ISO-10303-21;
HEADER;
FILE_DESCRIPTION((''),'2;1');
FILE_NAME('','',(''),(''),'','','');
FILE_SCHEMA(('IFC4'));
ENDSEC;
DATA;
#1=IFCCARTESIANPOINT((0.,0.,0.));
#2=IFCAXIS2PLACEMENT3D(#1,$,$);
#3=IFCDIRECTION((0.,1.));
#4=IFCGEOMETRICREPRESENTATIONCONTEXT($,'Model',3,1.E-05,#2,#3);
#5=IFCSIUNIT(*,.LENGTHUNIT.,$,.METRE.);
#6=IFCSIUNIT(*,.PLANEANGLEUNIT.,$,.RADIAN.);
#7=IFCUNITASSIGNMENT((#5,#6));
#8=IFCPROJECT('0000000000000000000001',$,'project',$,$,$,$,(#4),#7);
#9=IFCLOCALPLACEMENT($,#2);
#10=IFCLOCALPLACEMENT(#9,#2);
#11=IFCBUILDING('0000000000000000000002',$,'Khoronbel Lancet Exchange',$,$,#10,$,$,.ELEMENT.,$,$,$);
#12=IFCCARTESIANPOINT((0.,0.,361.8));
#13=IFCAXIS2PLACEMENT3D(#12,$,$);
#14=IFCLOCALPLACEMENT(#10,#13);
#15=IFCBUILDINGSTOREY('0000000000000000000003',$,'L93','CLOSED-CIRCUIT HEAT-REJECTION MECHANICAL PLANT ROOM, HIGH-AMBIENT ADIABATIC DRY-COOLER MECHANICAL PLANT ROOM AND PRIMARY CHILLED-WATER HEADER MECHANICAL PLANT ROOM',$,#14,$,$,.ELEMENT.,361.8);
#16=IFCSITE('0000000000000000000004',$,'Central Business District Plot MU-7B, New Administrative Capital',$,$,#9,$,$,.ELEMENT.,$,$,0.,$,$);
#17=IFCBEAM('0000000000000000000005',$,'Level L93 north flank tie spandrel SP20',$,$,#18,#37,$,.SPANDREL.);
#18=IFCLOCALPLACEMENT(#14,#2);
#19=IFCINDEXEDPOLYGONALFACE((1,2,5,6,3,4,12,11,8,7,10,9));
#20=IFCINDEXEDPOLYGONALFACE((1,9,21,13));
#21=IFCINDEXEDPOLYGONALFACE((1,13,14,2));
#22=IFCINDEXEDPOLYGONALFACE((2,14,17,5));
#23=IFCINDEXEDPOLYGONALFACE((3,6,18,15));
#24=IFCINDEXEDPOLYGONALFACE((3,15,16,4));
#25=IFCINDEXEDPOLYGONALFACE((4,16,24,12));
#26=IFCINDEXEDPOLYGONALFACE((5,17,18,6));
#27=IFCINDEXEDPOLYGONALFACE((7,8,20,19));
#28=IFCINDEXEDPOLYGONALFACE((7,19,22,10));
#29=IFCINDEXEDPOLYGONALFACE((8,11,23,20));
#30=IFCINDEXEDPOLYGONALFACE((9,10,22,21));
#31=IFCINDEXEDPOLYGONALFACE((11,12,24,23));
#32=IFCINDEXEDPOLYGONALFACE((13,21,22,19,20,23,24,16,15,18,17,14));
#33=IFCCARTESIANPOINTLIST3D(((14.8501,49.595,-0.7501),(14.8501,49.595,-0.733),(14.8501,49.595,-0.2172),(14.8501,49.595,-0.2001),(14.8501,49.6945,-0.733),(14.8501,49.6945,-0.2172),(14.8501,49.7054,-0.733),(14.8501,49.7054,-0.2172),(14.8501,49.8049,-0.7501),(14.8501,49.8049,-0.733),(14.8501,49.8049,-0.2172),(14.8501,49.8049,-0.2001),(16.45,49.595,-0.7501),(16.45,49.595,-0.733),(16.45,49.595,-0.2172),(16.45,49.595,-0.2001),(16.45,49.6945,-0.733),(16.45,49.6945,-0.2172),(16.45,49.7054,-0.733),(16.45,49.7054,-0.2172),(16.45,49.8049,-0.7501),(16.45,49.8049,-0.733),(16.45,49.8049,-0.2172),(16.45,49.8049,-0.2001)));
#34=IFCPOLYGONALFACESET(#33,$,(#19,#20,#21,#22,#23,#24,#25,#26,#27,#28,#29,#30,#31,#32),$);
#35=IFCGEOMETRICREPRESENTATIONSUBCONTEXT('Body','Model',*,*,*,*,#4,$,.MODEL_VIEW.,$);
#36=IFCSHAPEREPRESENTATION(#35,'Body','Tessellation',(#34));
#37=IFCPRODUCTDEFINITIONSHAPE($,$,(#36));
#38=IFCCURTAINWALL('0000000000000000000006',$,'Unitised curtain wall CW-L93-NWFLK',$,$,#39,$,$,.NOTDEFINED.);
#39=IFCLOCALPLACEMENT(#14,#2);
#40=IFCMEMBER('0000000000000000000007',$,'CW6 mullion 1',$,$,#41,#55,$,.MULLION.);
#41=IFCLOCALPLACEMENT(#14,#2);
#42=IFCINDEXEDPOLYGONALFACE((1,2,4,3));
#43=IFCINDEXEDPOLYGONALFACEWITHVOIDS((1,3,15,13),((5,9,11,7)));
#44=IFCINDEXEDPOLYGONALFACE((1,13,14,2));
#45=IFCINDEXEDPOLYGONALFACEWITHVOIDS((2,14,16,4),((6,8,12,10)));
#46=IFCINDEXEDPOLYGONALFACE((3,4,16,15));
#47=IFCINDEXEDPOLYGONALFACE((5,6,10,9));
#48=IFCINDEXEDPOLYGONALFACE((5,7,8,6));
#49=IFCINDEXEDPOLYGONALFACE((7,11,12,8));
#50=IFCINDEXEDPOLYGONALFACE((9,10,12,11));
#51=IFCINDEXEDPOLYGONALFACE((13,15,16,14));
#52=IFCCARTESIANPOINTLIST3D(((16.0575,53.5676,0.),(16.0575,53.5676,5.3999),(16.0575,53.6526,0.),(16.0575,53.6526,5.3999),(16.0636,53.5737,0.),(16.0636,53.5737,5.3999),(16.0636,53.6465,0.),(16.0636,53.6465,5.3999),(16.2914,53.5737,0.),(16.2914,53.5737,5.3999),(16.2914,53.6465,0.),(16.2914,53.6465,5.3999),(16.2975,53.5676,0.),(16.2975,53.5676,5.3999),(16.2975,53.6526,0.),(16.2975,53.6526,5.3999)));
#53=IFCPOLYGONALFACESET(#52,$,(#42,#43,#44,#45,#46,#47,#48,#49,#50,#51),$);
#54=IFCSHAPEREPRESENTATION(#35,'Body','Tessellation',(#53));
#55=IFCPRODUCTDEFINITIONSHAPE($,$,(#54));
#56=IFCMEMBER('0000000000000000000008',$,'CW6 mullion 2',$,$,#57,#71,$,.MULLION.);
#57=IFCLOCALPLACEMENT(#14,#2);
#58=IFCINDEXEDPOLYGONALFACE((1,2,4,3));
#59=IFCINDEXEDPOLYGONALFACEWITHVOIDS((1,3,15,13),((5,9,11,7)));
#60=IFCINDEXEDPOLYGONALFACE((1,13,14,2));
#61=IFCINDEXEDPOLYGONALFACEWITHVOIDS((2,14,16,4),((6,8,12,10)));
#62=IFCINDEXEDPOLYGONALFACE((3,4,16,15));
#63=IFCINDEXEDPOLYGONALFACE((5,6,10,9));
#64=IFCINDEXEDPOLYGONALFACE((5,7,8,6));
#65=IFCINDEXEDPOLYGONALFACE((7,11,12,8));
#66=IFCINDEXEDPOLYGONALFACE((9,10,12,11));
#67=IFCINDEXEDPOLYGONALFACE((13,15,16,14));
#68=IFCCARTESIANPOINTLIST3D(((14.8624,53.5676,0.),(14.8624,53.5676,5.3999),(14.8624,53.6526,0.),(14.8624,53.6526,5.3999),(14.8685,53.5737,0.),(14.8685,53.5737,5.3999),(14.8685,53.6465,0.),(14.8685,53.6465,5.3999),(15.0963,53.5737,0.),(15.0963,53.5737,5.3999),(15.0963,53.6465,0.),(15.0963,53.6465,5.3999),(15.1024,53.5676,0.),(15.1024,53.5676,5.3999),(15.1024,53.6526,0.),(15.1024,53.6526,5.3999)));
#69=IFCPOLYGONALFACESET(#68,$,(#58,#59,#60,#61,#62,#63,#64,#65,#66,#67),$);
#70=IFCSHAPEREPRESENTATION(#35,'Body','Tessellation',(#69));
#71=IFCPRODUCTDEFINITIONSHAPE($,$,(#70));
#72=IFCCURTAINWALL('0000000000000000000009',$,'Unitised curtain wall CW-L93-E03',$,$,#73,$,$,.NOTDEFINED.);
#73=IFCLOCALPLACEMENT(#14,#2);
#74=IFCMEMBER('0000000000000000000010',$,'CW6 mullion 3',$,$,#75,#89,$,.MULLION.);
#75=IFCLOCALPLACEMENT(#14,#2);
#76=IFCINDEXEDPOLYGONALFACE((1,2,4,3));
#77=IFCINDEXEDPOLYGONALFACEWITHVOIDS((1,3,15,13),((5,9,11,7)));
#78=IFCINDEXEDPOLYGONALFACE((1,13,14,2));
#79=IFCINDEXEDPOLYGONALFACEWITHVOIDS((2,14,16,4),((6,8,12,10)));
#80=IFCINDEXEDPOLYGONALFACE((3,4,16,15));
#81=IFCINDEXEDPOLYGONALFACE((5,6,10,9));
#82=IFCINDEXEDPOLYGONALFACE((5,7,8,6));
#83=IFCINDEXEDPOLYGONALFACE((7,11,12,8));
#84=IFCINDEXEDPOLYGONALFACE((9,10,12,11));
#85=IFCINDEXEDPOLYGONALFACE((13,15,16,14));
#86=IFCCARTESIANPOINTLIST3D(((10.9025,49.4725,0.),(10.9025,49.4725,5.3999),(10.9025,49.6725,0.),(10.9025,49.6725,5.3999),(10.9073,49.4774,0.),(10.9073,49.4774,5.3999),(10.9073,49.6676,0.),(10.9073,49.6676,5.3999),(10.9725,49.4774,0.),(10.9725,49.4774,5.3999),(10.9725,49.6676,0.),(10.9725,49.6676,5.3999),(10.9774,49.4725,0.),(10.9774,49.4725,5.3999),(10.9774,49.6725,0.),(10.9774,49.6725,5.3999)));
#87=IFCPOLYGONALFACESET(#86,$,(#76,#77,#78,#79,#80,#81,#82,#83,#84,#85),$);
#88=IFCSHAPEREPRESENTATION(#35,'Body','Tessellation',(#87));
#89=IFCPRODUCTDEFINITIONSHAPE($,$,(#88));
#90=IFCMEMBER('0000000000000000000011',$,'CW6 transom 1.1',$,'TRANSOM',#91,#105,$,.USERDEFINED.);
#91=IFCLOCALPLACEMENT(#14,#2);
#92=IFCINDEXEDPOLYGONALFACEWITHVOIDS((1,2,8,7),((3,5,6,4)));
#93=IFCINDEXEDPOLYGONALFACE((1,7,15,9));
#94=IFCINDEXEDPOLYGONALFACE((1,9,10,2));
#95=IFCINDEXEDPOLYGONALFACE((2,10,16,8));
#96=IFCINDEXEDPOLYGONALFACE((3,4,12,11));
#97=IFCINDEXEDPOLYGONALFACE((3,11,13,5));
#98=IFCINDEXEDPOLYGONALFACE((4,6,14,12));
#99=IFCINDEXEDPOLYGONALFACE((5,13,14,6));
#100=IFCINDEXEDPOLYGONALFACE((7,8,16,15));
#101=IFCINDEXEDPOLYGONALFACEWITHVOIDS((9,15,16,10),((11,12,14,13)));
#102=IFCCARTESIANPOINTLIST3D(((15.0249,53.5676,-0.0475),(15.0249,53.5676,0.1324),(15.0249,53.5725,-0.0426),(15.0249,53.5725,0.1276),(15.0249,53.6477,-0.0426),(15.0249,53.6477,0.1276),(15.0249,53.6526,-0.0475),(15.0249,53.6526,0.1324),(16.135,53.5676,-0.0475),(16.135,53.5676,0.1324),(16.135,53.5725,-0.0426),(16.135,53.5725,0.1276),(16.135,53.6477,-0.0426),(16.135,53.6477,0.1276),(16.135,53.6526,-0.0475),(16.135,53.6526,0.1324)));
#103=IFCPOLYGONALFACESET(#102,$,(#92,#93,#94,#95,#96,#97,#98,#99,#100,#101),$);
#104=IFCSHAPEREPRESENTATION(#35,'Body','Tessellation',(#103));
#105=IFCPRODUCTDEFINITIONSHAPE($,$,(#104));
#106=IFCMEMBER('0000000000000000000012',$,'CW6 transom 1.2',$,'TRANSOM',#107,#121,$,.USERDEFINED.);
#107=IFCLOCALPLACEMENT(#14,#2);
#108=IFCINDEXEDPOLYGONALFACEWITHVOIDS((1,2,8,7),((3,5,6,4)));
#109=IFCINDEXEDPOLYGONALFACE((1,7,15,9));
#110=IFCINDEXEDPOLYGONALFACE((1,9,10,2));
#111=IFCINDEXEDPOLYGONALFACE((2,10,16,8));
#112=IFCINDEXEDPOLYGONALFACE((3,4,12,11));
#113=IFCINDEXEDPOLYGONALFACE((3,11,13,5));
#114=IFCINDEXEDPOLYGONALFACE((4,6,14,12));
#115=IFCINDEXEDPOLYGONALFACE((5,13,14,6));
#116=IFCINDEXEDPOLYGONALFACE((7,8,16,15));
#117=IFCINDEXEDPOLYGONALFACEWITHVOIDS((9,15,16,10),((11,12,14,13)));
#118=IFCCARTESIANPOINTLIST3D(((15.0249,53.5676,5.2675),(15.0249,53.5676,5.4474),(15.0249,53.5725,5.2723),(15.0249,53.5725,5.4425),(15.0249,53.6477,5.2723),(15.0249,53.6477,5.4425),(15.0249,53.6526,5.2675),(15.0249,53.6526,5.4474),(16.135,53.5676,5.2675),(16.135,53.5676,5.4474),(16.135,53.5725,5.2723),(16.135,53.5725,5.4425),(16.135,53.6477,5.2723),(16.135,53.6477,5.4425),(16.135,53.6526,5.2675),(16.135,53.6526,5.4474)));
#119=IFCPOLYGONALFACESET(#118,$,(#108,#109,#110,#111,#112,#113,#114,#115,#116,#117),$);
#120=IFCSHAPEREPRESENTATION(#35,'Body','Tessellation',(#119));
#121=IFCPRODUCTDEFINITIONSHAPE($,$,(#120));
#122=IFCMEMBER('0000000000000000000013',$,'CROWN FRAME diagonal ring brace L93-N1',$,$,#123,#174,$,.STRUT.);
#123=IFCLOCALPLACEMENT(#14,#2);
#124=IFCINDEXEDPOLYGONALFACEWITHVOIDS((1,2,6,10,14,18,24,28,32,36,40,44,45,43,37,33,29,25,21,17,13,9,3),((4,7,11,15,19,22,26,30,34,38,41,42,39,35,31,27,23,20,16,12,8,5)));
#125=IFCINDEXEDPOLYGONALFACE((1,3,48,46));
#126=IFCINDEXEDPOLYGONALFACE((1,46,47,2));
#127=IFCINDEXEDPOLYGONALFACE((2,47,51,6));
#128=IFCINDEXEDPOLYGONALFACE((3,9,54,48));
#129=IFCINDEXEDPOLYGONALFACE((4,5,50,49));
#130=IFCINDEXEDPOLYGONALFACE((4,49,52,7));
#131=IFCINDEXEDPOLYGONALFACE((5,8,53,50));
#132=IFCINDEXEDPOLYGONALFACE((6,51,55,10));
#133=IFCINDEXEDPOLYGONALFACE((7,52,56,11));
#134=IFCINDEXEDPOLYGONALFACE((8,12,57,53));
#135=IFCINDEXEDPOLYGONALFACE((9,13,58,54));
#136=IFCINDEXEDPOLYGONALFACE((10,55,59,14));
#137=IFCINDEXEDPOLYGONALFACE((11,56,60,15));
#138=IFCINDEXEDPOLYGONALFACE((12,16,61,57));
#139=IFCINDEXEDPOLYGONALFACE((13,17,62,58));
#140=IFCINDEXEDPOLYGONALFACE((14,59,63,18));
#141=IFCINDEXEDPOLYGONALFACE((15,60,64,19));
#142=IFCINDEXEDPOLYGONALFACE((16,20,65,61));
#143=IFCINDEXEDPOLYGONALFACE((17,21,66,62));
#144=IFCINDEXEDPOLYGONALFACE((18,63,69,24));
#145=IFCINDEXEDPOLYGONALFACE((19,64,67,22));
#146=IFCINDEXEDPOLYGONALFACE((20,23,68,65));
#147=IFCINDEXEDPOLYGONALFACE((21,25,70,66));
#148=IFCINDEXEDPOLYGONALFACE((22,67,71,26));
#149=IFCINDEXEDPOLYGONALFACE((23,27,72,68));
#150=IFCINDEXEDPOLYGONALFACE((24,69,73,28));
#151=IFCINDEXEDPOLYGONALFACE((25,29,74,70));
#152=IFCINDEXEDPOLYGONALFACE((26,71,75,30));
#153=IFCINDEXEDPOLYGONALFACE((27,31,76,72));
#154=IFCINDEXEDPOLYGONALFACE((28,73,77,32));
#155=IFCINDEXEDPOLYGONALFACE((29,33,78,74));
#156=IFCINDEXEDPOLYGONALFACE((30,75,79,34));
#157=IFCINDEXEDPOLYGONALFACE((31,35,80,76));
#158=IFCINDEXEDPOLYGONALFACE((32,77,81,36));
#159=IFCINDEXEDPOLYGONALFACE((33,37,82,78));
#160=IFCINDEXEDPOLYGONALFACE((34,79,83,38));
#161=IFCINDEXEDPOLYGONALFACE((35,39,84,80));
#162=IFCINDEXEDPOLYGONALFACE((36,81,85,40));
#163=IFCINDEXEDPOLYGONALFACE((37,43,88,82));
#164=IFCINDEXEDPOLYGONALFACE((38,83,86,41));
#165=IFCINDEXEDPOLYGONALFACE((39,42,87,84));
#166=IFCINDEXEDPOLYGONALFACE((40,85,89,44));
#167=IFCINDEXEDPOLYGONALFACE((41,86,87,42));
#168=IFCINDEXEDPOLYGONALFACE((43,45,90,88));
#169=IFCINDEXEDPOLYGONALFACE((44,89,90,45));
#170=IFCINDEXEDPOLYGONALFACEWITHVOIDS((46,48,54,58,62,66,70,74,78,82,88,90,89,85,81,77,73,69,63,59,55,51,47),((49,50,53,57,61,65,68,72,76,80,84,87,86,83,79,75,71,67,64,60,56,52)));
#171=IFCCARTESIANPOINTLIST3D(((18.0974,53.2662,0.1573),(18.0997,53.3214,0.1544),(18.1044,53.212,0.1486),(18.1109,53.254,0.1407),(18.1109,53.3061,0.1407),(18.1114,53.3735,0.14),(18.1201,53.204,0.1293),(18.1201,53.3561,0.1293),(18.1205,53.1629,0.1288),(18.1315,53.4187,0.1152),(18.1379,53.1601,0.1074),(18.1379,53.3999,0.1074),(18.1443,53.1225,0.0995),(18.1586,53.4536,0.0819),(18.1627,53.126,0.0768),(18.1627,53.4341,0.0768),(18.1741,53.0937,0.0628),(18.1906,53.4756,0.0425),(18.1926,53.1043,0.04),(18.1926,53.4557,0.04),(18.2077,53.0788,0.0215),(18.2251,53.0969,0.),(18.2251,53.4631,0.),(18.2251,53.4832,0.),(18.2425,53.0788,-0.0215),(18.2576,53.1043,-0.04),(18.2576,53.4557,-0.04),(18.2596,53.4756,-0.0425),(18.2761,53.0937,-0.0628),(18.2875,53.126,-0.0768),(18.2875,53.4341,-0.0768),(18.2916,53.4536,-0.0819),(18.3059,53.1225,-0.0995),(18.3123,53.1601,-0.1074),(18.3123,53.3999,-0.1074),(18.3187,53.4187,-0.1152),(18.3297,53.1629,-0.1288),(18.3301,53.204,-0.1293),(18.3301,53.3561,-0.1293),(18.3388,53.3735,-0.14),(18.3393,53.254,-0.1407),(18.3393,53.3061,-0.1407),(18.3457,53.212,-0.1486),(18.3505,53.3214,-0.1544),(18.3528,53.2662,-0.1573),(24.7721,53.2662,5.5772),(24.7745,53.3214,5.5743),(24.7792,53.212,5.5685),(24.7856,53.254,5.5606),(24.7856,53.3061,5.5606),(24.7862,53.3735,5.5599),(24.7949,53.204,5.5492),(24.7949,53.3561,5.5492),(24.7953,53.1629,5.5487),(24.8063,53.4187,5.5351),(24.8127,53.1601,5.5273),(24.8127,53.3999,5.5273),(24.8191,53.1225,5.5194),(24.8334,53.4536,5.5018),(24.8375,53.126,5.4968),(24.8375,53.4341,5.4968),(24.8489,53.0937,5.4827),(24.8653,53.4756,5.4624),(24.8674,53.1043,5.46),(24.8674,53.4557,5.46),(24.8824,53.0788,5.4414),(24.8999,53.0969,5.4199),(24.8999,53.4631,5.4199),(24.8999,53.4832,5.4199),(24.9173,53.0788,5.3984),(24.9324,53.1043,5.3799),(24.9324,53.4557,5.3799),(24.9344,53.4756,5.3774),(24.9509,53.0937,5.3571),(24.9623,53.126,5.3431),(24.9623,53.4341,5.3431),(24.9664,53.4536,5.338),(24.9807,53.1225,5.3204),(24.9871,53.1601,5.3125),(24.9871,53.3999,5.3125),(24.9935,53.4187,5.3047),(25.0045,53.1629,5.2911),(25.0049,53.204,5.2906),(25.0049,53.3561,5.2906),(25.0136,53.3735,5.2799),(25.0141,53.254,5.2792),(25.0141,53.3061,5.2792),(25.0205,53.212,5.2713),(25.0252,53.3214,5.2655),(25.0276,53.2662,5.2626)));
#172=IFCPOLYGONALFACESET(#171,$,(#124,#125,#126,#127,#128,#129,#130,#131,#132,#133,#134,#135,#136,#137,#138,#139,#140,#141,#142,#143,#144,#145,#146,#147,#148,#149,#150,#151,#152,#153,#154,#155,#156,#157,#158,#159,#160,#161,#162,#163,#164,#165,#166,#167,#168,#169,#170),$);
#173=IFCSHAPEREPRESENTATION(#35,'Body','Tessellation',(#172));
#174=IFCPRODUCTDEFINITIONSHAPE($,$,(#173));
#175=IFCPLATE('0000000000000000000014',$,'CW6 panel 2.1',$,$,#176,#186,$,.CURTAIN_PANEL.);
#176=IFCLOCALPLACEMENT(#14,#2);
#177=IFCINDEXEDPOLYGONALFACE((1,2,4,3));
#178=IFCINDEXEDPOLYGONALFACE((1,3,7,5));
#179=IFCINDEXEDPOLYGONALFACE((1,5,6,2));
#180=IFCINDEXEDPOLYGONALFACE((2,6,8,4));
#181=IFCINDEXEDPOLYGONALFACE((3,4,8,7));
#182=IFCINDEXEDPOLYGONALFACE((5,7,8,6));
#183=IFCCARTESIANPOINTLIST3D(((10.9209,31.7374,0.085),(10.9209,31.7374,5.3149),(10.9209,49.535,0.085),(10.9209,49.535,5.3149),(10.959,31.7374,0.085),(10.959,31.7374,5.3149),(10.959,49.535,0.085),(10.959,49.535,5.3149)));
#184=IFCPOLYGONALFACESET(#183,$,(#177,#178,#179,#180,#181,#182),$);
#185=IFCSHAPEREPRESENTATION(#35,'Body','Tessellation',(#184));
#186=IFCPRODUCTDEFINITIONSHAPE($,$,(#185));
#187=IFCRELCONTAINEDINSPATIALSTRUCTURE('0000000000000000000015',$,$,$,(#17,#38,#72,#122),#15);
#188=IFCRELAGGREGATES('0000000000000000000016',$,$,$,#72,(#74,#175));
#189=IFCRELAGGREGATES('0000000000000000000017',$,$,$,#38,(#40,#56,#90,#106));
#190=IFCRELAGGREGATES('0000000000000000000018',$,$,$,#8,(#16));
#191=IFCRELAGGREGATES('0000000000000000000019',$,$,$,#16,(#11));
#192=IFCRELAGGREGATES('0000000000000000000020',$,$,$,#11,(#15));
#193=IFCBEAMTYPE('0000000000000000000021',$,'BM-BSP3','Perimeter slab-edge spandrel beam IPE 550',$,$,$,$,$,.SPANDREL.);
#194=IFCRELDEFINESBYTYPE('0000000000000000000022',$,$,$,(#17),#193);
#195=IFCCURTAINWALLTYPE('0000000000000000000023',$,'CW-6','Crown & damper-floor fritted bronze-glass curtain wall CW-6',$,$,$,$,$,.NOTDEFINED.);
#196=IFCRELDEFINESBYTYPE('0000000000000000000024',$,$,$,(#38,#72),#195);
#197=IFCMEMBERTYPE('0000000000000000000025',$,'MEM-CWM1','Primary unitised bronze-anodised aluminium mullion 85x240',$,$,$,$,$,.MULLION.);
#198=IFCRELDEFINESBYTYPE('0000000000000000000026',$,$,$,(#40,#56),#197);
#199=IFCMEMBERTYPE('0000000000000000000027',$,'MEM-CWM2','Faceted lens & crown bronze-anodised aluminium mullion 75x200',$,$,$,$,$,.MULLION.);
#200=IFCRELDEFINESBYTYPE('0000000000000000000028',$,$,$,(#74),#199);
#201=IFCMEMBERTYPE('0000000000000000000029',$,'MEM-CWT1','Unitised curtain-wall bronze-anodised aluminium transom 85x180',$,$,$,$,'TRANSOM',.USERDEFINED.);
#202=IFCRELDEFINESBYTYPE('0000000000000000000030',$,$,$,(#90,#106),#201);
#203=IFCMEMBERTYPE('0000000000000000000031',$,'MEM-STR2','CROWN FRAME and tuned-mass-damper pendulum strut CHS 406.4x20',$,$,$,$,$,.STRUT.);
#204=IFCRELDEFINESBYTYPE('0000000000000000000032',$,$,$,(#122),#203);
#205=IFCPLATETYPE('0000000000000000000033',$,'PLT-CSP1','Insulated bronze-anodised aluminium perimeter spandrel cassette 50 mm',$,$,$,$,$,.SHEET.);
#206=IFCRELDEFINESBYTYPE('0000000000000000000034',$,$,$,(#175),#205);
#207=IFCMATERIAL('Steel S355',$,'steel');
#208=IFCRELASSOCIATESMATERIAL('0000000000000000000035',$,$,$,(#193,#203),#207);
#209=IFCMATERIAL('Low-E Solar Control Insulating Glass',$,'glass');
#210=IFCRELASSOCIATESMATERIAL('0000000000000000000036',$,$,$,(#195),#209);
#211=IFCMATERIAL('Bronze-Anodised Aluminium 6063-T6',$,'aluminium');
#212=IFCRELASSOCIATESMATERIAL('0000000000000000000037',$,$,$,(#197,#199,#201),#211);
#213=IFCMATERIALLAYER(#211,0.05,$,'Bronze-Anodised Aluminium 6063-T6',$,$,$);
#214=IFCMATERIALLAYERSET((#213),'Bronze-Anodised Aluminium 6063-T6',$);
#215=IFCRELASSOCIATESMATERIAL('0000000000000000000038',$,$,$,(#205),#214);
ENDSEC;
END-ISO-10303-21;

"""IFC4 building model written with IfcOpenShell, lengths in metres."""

from ifc_helpers import new_model, si_unit, direction, frame, origin, origin_2d, place, context, subcontext, project, spatial, rectangle, hollow_rectangle, hollow_circle, i_section, extrude, material, layer, layer_set, material_profile, profile_set, type_object, element, aggregate, save


model = new_model("IFC4")

# Units and contexts
model_context = context("Model", 3, precision=1e-05, world=origin(), true_north=direction((0.0, 1.0)))
body_context = subcontext(model_context, "Body", "Model", "MODEL_VIEW")
ifc_project = project(units=[si_unit("LENGTHUNIT", "METRE"), si_unit("PLANEANGLEUNIT", "RADIAN")], contexts=[model_context])

# Site, building, storey
site_placement = place(None, origin())
site = spatial("IfcSite", under=ifc_project, at=site_placement, Name="Central Business District Plot MU-7B, New Administrative Capital", CompositionType="ELEMENT", RefElevation=0.0)
building_placement = place(site_placement, origin())
building = spatial("IfcBuilding", under=site, at=building_placement, Name="Khoronbel Lancet Exchange", CompositionType="ELEMENT")
storey_placement = place(building_placement, frame((0.0, 0.0, 361.8)))
storey = spatial("IfcBuildingStorey", under=building, at=storey_placement, Name="L93", Description="CLOSED-CIRCUIT HEAT-REJECTION MECHANICAL PLANT ROOM, HIGH-AMBIENT ADIABATIC DRY-COOLER MECHANICAL PLANT ROOM AND PRIMARY CHILLED-WATER HEADER MECHANICAL PLANT ROOM", CompositionType="ELEMENT", Elevation=361.8)

# Shared definitions
ifc_material_1 = material(Name="Steel S355", Category="steel")

# Beam
ifc_material_profile_1 = material_profile(ifc_material_1, i_section(OverallWidth=0.21, OverallDepth=0.55, WebThickness=0.011, FlangeThickness=0.0171, at=origin_2d()), Name="IPE 550")
ifc_profile_set_1 = profile_set([ifc_material_profile_1], Name="Steel S355")
beam_type_1 = type_object("IfcBeamType", Name="BM-BSP3", Description="Perimeter slab-edge spandrel beam IPE 550", PredefinedType="SPANDREL", material=ifc_profile_set_1)
beam_1_placement = place(storey_placement, frame((14.8501, 49.7, -0.4751), z_axis=(1.0, 0.0, 0.0), x_axis=(0.0, 1.0, 0.0)))
element("IfcBeam", 1, at=beam_1_placement, inside=storey, type_object=beam_type_1, Name="Level L93 north flank tie spandrel SP20", PredefinedType="SPANDREL", context=body_context, shape_type="SweptSolid", body=[
    extrude(i_section(OverallWidth=0.21, OverallDepth=0.55, WebThickness=0.011, FlangeThickness=0.0171, at=origin_2d()), origin(), (0.0, 0.0, 1.0), 1.5999),
])

# Curtain wall, members
ifc_material_2 = material(Name="Low-E Solar Control Insulating Glass", Category="glass")
curtain_wall_type = type_object("IfcCurtainWallType", Name="CW-6", Description="Crown & damper-floor fritted bronze-glass curtain wall CW-6", PredefinedType="NOTDEFINED", material=ifc_material_2)
curtain_wall_1_placement = place(storey_placement, origin())
curtain_wall_1 = element("IfcCurtainWall", 2, at=curtain_wall_1_placement, inside=storey, type_object=curtain_wall_type, Name="Unitised curtain wall CW-L93-NWFLK", PredefinedType="NOTDEFINED")
ifc_material_3 = material(Name="Bronze-Anodised Aluminium 6063-T6", Category="aluminium")
ifc_material_profile_2 = material_profile(ifc_material_3, hollow_rectangle(XDim=0.085, YDim=0.24, WallThickness=0.0061, at=origin_2d()), Name="ALU MULLION 85x240")
ifc_profile_set_2 = profile_set([ifc_material_profile_2], Name="Bronze-Anodised Aluminium 6063-T6")
member_type_1 = type_object("IfcMemberType", Name="MEM-CWM1", Description="Primary unitised bronze-anodised aluminium mullion 85x240", PredefinedType="MULLION", material=ifc_profile_set_2)
member_1_placement = place(storey_placement, frame((16.1775, 53.6101, 0.0), z_axis=(0.0, 0.0, 1.0), x_axis=(0.0, -1.0, 0.0)))
member_1 = element("IfcMember", 3, at=member_1_placement, type_object=member_type_1, Name="CW6 mullion 1", PredefinedType="MULLION", context=body_context, shape_type="SweptSolid", body=[
    extrude(hollow_rectangle(XDim=0.085, YDim=0.24, WallThickness=0.0061, at=origin_2d()), origin(), (0.0, 0.0, 1.0), 5.3999),
])
member_2_placement = place(storey_placement, frame((14.9824, 53.6101, 0.0), z_axis=(0.0, 0.0, 1.0), x_axis=(0.0, -1.0, 0.0)))
member_2 = element("IfcMember", 4, at=member_2_placement, type_object=member_type_1, Name="CW6 mullion 2", PredefinedType="MULLION", context=body_context, shape_type="SweptSolid", body=[
    extrude(hollow_rectangle(XDim=0.085, YDim=0.24, WallThickness=0.0061, at=origin_2d()), origin(), (0.0, 0.0, 1.0), 5.3999),
])

# Curtain wall, member
curtain_wall_2_placement = place(storey_placement, origin())
curtain_wall_2 = element("IfcCurtainWall", 5, at=curtain_wall_2_placement, inside=storey, type_object=curtain_wall_type, Name="Unitised curtain wall CW-L93-E03", PredefinedType="NOTDEFINED")
ifc_material_profile_3 = material_profile(ifc_material_3, hollow_rectangle(XDim=0.075, YDim=0.2, WallThickness=0.0049, at=origin_2d()), Name="ALU MULLION 75x200")
ifc_profile_set_3 = profile_set([ifc_material_profile_3], Name="Bronze-Anodised Aluminium 6063-T6")
member_type_2 = type_object("IfcMemberType", Name="MEM-CWM2", Description="Faceted lens & crown bronze-anodised aluminium mullion 75x200", PredefinedType="MULLION", material=ifc_profile_set_3)
member_3_placement = place(storey_placement, frame((10.9399, 49.5725, 0.0), z_axis=(0.0, 0.0, 1.0), x_axis=(-1.0, 0.0, 0.0)))
member_3 = element("IfcMember", 6, at=member_3_placement, type_object=member_type_2, Name="CW6 mullion 3", PredefinedType="MULLION", context=body_context, shape_type="SweptSolid", body=[
    extrude(hollow_rectangle(XDim=0.075, YDim=0.2, WallThickness=0.0049, at=origin_2d()), origin(), (0.0, 0.0, 1.0), 5.3999),
])

# Members
ifc_material_profile_4 = material_profile(ifc_material_3, hollow_rectangle(XDim=0.085, YDim=0.1799, WallThickness=0.0049, at=origin_2d()), Name="ALU TRANSOM 85x180")
ifc_profile_set_4 = profile_set([ifc_material_profile_4], Name="Bronze-Anodised Aluminium 6063-T6")
member_type_3 = type_object("IfcMemberType", Name="MEM-CWT1", Description="Unitised curtain-wall bronze-anodised aluminium transom 85x180", ElementType="TRANSOM", PredefinedType="USERDEFINED", material=ifc_profile_set_4)
member_4_placement = place(storey_placement, frame((16.135, 53.6101, 0.0425), z_axis=(-1.0, 0.0, 0.0), x_axis=(0.0, -1.0, 0.0)))
member_4 = element("IfcMember", 7, at=member_4_placement, type_object=member_type_3, Name="CW6 transom 1.1", ObjectType="TRANSOM", PredefinedType="USERDEFINED", context=body_context, shape_type="SweptSolid", body=[
    extrude(hollow_rectangle(XDim=0.085, YDim=0.1799, WallThickness=0.0049, at=origin_2d()), origin(), (0.0, 0.0, 1.0), 1.1101),
])
member_5_placement = place(storey_placement, frame((16.135, 53.6101, 5.3574), z_axis=(-1.0, 0.0, 0.0), x_axis=(0.0, -1.0, 0.0)))
member_5 = element("IfcMember", 8, at=member_5_placement, type_object=member_type_3, Name="CW6 transom 1.2", ObjectType="TRANSOM", PredefinedType="USERDEFINED", context=body_context, shape_type="SweptSolid", body=[
    extrude(hollow_rectangle(XDim=0.085, YDim=0.1799, WallThickness=0.0049, at=origin_2d()), origin(), (0.0, 0.0, 1.0), 1.1101),
])
ifc_material_profile_5 = material_profile(ifc_material_1, hollow_circle(Radius=0.2031, WallThickness=0.02, at=origin_2d()), Name="CHS 406.4x20")
ifc_profile_set_5 = profile_set([ifc_material_profile_5], Name="Steel S355")
member_type_4 = type_object("IfcMemberType", Name="MEM-STR2", Description="CROWN FRAME and tuned-mass-damper pendulum strut CHS 406.4x20", PredefinedType="STRUT", material=ifc_profile_set_5)
member_6_placement = place(storey_placement, frame((18.2251, 53.28, 0.0), z_axis=(0.776305, 0.0, 0.630357), x_axis=(0.0, 1.0, 0.0)))
element("IfcMember", 9, at=member_6_placement, inside=storey, type_object=member_type_4, Name="CROWN FRAME diagonal ring brace L93-N1", PredefinedType="STRUT", context=body_context, shape_type="SweptSolid", body=[
    extrude(hollow_circle(Radius=0.2031, WallThickness=0.02, at=origin_2d()), origin(), (0.0, 0.0, 1.0), 8.5981),
])

# Plate
ifc_layer_1 = layer(ifc_material_3, 0.05, Name="Bronze-Anodised Aluminium 6063-T6")
ifc_layer_set_1 = layer_set([ifc_layer_1], Name="Bronze-Anodised Aluminium 6063-T6")
plate_type_1 = type_object("IfcPlateType", Name="PLT-CSP1", Description="Insulated bronze-anodised aluminium perimeter spandrel cassette 50 mm", PredefinedType="SHEET", material=ifc_layer_set_1)
plate_1_placement = place(storey_placement, frame((10.9399, 40.6362, 0.085), z_axis=(0.0, 0.0, 1.0), x_axis=(0.0, 1.0, 0.0)))
plate_1 = element("IfcPlate", 10, at=plate_1_placement, type_object=plate_type_1, Name="CW6 panel 2.1", PredefinedType="CURTAIN_PANEL", context=body_context, shape_type="SweptSolid", body=[
    extrude(rectangle(XDim=17.7976, YDim=0.0381, at=origin_2d()), origin(), (0.0, 0.0, 1.0), 5.23),
])
aggregate(curtain_wall_2, [member_3, plate_1])
aggregate(curtain_wall_1, [member_1, member_2, member_4, member_5])

save(model, "model.ifc")
